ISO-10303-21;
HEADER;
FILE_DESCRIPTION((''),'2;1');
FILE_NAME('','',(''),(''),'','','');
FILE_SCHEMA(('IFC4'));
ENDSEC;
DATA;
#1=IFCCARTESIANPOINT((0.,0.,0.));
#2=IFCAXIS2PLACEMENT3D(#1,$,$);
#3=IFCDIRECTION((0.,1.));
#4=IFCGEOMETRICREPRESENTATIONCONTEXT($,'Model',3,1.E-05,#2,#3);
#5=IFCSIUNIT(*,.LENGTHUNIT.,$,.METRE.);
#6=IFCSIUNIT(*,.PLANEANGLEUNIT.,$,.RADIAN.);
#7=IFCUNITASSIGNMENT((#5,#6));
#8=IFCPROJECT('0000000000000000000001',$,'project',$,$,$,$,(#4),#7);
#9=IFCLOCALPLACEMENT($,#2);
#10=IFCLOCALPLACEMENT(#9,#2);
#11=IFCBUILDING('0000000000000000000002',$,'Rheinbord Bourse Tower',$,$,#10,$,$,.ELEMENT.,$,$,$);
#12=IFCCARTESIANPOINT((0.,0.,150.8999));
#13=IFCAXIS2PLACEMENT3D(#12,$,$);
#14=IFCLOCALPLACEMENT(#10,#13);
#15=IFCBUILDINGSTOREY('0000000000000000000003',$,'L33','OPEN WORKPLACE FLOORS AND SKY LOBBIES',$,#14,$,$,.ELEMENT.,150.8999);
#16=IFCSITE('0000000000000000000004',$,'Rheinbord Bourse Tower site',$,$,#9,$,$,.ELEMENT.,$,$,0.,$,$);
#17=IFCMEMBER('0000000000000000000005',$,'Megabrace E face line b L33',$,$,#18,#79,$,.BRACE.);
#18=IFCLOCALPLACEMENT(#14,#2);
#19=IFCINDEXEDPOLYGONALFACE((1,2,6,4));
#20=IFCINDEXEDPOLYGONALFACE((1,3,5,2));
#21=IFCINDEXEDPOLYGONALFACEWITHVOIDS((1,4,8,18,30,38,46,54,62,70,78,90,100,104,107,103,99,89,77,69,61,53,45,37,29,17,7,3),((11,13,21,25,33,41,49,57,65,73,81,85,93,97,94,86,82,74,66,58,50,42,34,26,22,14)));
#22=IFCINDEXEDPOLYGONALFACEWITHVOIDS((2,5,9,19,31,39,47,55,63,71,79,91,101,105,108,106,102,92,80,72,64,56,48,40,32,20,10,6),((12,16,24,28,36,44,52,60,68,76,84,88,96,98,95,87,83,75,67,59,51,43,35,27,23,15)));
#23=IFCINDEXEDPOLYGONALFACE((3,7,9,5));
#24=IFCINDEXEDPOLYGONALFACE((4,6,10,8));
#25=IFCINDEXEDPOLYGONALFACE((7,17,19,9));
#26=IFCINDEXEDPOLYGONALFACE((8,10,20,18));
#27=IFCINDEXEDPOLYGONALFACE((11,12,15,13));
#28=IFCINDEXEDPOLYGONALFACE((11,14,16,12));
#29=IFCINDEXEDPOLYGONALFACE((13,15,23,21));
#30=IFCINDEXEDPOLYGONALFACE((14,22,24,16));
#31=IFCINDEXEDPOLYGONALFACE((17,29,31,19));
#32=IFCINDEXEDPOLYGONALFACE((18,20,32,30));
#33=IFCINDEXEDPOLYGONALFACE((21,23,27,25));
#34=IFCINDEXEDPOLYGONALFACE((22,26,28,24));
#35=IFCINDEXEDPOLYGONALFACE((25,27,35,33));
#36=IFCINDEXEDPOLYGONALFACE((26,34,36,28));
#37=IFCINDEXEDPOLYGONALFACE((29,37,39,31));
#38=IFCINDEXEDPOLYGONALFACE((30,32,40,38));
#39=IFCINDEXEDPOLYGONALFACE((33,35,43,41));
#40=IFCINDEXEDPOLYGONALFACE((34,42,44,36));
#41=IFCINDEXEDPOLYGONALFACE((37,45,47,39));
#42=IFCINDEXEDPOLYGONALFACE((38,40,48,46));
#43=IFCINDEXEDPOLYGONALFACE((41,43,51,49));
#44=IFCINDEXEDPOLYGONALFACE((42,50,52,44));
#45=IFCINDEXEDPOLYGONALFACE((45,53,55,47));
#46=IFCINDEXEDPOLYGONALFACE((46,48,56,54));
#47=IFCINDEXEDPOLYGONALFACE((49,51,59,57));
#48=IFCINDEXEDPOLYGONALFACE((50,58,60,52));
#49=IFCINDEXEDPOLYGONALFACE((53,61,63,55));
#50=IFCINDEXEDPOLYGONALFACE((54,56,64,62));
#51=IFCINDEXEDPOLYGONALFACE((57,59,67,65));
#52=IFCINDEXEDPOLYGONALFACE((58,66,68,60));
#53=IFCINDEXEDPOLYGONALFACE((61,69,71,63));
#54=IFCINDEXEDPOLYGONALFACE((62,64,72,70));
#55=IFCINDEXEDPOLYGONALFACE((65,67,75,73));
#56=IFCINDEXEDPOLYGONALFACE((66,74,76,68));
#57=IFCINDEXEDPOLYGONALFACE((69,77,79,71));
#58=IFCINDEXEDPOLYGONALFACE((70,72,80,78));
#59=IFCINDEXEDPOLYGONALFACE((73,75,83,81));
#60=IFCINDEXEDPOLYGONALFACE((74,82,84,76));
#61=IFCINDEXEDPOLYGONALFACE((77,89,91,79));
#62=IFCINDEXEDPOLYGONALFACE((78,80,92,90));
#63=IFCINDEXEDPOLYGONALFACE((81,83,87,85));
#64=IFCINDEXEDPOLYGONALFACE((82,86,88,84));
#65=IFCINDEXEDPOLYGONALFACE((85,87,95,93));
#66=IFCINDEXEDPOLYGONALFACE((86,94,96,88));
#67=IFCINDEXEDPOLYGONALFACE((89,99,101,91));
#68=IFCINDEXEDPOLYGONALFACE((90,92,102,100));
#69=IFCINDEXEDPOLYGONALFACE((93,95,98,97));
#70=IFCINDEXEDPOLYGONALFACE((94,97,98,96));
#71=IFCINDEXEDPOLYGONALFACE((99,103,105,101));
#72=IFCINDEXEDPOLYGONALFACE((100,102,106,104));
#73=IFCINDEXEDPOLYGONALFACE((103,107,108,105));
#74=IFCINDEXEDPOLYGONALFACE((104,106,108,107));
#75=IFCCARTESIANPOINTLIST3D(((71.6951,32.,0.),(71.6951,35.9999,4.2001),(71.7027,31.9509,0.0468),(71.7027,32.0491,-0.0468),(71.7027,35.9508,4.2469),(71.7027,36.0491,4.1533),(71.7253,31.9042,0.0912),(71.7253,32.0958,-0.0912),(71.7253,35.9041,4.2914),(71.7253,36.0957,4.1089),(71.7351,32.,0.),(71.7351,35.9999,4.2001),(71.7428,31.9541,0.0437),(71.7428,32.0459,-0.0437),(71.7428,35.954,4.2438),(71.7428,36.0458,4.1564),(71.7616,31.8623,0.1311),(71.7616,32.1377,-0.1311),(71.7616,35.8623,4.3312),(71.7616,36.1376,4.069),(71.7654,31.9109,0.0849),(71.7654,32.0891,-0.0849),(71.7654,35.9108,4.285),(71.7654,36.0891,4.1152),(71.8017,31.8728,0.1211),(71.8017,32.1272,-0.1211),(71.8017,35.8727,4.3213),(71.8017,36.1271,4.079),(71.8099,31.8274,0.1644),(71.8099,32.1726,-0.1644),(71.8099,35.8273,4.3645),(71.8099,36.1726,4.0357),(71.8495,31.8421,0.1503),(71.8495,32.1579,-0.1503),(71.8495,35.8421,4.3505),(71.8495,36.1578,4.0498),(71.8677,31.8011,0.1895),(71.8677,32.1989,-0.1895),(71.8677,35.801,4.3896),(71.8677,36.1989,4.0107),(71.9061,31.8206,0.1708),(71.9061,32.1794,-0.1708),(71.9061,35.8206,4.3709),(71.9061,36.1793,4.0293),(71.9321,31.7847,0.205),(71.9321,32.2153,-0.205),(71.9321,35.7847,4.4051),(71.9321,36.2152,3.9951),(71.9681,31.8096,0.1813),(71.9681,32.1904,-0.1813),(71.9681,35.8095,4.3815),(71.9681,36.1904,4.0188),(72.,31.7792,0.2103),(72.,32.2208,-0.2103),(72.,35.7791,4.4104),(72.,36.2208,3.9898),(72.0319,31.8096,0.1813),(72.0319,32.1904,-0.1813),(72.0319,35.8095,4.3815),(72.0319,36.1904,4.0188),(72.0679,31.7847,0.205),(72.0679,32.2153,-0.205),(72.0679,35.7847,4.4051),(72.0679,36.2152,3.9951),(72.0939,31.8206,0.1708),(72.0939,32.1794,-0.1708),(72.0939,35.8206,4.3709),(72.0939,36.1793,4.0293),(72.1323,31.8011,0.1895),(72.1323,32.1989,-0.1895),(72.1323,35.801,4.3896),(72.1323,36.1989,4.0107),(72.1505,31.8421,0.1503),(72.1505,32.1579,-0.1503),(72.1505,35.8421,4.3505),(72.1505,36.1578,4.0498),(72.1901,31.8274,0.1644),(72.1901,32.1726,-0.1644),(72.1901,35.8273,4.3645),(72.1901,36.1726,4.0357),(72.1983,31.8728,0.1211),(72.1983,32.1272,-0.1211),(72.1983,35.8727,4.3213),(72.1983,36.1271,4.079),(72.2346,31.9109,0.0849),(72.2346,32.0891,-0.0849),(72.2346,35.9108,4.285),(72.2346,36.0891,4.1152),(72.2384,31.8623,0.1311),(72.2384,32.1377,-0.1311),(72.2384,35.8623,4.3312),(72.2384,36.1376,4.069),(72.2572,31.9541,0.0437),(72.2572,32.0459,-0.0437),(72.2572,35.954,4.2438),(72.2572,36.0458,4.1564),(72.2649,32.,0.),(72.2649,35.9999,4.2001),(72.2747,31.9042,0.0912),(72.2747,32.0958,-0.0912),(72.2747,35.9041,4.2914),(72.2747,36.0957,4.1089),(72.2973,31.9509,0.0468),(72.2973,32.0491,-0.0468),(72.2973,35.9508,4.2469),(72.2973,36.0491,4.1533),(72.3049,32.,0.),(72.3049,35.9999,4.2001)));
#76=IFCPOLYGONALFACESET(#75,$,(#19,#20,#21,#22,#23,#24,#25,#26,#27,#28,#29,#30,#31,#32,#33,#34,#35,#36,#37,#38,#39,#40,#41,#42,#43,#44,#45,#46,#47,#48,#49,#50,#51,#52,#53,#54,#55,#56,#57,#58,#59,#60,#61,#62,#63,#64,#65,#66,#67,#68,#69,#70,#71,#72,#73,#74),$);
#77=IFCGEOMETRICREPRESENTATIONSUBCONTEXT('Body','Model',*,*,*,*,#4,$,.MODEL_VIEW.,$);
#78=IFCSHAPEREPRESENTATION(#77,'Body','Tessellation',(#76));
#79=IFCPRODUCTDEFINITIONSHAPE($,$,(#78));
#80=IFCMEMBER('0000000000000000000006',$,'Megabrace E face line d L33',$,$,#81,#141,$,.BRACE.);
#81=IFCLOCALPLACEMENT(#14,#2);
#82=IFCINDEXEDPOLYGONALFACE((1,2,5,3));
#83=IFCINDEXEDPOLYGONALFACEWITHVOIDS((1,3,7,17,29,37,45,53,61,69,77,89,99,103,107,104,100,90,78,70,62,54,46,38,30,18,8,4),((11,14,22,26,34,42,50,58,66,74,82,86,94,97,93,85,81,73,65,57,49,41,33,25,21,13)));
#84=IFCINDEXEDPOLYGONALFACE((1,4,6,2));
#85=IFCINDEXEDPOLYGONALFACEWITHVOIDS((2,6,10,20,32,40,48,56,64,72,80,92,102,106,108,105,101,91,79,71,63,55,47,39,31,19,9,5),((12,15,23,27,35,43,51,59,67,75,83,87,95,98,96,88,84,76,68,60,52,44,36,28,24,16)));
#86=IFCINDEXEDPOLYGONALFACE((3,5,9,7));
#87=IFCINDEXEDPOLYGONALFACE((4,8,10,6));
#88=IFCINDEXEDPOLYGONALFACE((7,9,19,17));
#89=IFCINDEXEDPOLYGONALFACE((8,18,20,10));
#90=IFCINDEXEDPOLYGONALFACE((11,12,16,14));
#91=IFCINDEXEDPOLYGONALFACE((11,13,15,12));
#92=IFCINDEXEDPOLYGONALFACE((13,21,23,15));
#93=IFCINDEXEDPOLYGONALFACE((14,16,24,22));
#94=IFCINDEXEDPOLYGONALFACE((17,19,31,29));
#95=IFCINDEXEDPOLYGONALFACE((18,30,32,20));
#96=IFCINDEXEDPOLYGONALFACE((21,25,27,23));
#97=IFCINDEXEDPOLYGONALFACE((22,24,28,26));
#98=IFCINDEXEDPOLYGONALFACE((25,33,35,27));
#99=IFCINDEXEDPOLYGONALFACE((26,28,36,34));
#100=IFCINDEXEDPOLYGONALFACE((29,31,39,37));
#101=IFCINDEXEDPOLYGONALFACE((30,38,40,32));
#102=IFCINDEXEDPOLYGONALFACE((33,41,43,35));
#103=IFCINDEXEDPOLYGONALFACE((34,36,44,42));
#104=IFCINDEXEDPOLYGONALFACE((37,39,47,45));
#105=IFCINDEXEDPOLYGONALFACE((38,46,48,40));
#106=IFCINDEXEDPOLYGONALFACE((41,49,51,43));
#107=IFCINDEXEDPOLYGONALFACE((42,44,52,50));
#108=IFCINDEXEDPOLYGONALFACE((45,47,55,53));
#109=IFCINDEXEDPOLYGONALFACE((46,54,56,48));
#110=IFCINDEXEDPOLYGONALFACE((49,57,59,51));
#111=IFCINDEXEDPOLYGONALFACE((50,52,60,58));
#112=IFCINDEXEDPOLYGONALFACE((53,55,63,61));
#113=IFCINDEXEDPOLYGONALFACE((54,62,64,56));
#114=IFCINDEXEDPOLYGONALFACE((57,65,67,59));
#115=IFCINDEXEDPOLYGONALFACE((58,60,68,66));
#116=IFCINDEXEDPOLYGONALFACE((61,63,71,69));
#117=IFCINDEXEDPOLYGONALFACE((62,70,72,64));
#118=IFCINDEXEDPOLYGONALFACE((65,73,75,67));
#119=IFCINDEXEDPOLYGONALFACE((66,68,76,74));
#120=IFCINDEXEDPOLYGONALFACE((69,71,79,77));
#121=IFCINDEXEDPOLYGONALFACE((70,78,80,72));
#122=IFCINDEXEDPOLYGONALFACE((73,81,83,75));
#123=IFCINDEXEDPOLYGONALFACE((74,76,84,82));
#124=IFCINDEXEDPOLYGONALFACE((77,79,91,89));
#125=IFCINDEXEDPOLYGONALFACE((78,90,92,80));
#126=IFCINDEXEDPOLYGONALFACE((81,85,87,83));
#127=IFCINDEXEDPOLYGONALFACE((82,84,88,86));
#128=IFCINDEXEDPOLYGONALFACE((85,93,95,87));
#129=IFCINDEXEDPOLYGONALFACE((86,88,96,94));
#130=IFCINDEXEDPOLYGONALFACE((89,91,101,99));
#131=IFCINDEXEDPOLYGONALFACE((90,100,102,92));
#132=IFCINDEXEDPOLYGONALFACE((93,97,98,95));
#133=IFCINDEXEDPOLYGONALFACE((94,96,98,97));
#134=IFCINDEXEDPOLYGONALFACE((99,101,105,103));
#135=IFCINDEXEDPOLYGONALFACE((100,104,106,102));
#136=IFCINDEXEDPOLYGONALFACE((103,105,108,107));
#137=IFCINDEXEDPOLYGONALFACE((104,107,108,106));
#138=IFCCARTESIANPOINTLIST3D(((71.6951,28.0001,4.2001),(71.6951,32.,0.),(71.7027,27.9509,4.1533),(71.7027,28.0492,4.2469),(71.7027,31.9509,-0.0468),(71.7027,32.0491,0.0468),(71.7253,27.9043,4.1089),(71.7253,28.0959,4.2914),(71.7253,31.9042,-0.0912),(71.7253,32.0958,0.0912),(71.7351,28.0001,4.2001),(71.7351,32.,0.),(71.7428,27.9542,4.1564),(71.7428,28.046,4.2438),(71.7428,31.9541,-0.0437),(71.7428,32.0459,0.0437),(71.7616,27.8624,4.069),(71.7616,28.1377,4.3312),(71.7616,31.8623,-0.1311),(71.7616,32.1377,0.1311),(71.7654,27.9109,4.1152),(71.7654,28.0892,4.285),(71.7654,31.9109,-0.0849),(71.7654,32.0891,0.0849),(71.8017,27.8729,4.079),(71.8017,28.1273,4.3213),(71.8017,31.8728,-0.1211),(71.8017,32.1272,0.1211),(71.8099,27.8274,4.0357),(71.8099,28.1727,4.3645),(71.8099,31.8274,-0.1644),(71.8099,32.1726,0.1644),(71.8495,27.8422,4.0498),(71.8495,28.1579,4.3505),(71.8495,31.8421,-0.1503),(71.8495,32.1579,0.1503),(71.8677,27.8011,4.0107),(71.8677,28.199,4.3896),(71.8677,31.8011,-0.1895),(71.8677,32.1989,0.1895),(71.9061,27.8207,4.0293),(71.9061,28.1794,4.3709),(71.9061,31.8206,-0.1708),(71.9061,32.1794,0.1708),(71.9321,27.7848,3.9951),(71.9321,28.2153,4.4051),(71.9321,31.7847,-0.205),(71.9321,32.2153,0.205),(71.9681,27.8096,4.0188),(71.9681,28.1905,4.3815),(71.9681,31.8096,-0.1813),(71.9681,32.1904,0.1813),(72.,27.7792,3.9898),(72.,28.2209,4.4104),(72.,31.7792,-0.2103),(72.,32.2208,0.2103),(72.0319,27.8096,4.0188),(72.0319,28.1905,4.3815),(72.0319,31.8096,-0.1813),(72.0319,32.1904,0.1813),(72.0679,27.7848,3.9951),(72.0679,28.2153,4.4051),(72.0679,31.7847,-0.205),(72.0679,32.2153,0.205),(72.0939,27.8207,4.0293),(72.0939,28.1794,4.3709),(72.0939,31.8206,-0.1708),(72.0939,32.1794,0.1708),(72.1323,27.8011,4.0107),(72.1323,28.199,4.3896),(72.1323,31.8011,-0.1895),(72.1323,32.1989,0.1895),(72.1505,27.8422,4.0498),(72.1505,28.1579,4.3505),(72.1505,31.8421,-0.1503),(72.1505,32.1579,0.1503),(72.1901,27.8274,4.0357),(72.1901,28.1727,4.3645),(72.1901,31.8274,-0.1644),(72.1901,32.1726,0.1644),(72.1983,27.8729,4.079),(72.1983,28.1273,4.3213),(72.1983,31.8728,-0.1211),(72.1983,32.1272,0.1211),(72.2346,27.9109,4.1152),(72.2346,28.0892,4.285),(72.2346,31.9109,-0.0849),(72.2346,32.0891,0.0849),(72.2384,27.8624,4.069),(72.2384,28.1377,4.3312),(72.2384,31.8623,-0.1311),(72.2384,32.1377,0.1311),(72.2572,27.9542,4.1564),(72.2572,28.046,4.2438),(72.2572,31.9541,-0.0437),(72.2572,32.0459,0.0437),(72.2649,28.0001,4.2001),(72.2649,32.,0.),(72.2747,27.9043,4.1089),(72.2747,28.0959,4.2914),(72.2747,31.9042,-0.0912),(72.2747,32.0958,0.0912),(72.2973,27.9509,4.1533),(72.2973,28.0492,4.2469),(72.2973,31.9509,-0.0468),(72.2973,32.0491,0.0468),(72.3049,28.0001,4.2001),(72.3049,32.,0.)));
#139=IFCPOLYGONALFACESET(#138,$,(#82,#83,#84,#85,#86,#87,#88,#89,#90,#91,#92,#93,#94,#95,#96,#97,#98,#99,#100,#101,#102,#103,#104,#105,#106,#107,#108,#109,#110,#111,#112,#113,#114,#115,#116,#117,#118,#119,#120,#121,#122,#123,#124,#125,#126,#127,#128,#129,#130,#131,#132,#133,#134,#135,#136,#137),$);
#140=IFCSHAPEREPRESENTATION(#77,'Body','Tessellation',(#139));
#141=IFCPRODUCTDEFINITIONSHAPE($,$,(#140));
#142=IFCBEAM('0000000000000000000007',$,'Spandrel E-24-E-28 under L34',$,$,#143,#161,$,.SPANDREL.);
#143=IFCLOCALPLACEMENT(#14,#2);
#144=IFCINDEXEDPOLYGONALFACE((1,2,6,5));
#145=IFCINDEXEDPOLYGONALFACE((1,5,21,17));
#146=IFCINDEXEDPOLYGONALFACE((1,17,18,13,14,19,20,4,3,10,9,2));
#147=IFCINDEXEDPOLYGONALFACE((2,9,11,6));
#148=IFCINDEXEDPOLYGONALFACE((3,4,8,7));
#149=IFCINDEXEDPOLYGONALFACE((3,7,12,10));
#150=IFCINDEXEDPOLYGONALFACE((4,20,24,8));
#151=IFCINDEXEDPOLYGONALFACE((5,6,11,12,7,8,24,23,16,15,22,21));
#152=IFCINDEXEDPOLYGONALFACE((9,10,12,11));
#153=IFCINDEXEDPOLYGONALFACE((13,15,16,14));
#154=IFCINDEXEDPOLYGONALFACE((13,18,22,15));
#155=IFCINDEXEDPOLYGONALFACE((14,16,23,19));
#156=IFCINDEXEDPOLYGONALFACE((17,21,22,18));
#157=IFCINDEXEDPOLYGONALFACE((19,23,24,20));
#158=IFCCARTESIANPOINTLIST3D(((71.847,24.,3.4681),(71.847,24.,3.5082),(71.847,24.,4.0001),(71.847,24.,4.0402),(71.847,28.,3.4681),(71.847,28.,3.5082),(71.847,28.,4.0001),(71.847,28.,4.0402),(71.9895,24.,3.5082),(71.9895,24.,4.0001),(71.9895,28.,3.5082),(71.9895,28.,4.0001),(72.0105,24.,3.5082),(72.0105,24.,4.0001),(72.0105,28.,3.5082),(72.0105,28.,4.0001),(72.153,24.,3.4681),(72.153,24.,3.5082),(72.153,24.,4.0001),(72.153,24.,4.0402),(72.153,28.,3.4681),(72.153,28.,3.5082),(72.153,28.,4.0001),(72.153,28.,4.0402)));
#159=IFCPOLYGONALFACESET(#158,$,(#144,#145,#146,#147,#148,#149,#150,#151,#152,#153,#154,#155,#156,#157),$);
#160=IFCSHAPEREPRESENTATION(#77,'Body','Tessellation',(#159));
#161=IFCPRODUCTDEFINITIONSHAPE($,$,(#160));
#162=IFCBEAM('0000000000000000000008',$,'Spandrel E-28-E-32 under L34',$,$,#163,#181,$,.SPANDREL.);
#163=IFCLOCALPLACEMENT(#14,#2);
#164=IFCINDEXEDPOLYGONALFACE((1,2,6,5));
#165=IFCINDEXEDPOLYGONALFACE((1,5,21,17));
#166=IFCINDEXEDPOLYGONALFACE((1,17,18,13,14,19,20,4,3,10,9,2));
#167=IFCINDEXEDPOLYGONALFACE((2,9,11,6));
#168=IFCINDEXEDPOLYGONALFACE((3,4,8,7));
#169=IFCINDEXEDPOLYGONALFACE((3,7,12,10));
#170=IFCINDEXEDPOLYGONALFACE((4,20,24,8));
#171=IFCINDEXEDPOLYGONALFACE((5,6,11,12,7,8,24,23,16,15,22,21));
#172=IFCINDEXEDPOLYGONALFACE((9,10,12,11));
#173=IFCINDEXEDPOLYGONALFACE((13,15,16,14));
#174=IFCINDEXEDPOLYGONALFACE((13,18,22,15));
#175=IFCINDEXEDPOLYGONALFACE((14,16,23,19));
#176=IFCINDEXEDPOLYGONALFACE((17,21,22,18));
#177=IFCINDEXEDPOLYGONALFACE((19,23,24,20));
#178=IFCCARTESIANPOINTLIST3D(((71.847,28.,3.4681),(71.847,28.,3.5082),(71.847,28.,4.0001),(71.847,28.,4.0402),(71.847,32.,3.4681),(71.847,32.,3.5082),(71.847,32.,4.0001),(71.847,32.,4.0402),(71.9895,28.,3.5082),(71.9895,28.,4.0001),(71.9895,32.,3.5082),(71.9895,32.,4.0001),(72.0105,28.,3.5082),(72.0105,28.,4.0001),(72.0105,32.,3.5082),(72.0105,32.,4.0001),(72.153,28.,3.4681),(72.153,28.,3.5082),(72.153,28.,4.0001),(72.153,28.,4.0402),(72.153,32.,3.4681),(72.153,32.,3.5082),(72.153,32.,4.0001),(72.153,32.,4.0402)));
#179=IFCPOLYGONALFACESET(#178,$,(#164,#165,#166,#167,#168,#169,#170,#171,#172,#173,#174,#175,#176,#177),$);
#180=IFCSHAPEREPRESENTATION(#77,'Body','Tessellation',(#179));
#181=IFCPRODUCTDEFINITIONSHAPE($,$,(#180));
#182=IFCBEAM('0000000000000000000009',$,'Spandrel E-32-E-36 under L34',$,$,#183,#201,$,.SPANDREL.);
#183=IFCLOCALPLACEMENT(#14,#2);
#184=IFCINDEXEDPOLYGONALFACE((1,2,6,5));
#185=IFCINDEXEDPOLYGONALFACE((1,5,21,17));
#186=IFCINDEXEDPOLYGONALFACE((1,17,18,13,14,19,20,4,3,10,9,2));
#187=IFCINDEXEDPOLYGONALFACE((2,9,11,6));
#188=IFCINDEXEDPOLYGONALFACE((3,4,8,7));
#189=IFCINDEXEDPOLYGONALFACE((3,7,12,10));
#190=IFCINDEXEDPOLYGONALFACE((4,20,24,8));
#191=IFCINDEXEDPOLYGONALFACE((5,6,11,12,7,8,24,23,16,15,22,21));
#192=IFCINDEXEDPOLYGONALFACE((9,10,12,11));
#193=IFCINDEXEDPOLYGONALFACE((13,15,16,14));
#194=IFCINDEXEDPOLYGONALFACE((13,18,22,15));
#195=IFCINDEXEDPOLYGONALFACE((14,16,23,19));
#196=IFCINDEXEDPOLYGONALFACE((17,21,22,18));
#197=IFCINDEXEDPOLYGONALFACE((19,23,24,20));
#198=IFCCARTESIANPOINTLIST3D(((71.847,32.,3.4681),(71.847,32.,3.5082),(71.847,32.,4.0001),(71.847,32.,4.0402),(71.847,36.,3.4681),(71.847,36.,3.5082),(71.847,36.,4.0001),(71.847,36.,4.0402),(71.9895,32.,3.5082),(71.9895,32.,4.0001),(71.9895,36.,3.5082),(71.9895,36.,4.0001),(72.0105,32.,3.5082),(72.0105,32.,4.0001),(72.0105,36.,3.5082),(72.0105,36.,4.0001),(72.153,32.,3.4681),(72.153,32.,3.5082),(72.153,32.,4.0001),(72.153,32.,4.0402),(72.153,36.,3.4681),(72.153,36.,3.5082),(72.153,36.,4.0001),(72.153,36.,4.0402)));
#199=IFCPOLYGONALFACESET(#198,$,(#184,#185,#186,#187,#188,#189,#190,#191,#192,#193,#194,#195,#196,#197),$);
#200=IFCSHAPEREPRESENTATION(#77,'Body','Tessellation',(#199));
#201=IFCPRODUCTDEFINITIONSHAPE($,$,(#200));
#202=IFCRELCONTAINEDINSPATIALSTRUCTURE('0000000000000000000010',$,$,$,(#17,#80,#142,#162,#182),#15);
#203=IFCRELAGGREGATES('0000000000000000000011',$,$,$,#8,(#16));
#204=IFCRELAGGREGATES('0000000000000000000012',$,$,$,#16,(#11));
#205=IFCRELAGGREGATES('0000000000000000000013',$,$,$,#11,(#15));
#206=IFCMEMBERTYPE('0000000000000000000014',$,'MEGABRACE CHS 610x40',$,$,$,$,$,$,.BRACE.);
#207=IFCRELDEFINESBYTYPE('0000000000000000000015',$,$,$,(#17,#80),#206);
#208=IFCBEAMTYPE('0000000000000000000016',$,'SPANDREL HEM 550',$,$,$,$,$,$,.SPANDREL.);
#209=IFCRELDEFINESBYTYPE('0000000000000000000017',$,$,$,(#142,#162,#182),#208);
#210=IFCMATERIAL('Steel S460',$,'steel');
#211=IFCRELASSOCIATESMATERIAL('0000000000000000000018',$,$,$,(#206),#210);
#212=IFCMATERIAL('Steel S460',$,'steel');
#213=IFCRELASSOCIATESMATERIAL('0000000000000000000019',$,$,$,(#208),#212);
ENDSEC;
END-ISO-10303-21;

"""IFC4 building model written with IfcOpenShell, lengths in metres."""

from ifc_helpers import new_model, si_unit, direction, frame, origin, origin_2d, place, context, subcontext, project, spatial, hollow_circle, i_section, extrude, material, material_profile, profile_set, type_object, element, save


model = new_model("IFC4")

# Units and contexts
model_context = context("Model", 3, precision=1e-05, world=origin(), true_north=direction((0.0, 1.0)))
body_context = subcontext(model_context, "Body", "Model", "MODEL_VIEW")
ifc_project = project(units=[si_unit("LENGTHUNIT", "METRE"), si_unit("PLANEANGLEUNIT", "RADIAN")], contexts=[model_context])

# Site, building, storey
site_placement = place(None, origin())
site = spatial("IfcSite", under=ifc_project, at=site_placement, Name="Rheinbord Bourse Tower site", CompositionType="ELEMENT", RefElevation=0.0)
building_placement = place(site_placement, origin())
building = spatial("IfcBuilding", under=site, at=building_placement, Name="Rheinbord Bourse Tower", CompositionType="ELEMENT")
storey_placement = place(building_placement, frame((0.0, 0.0, 150.8999)))
storey = spatial("IfcBuildingStorey", under=building, at=storey_placement, Name="L33", Description="OPEN WORKPLACE FLOORS AND SKY LOBBIES", CompositionType="ELEMENT", Elevation=150.8999)

# Members
ifc_material_1 = material(Name="Steel S460", Category="steel")
ifc_material_profile_1 = material_profile(ifc_material_1, hollow_circle(Radius=0.3049, WallThickness=0.04, at=origin_2d()), Name="CHS 610x40")
ifc_profile_set_1 = profile_set([ifc_material_profile_1], Name="Steel S460")
member_type_1 = type_object("IfcMemberType", Name="MEGABRACE CHS 610x40", PredefinedType="BRACE", material=ifc_profile_set_1)
for number, where, z_axis, x_axis, name in (
    (1, (72.0, 32.0, 0.0), (0.0, 0.689638, 0.724154), (-1.0, 0.0, 0.0), "Megabrace E face line b L33"),
    (2, (72.0, 32.0, 0.0), (0.0, -0.689638, 0.724154), (1.0, 0.0, 0.0), "Megabrace E face line d L33"),
):
    element("IfcMember", number, at=place(storey_placement, frame(where, z_axis=z_axis, x_axis=x_axis)), inside=storey, type_object=member_type_1, Name=name, PredefinedType="BRACE", context=body_context, shape_type="SweptSolid", body=[
        extrude(hollow_circle(Radius=0.3049, WallThickness=0.04, at=origin_2d()), origin(), (0.0, 0.0, 1.0), 5.8),
    ])

# Beams
ifc_material_2 = material(Name="Steel S460", Category="steel")
ifc_material_profile_2 = material_profile(ifc_material_2, i_section(OverallWidth=0.3059, OverallDepth=0.572, WebThickness=0.021, FlangeThickness=0.04, at=origin_2d()), Name="HEM 550")
ifc_profile_set_2 = profile_set([ifc_material_profile_2], Name="Steel S460")
beam_type_1 = type_object("IfcBeamType", Name="SPANDREL HEM 550", PredefinedType="SPANDREL", material=ifc_profile_set_2)
for number, where, z_axis, x_axis, name in (
    (3, (72.0, 24.0, 3.7542), (0.0, 1.0, 0.0), (-1.0, 0.0, 0.0), "Spandrel E-24-E-28 under L34"),
    (4, (72.0, 28.0, 3.7542), (0.0, 1.0, 0.0), (-1.0, 0.0, 0.0), "Spandrel E-28-E-32 under L34"),
    (5, (72.0, 32.0, 3.7542), (0.0, 1.0, 0.0), (-1.0, 0.0, 0.0), "Spandrel E-32-E-36 under L34"),
):
    element("IfcBeam", number, at=place(storey_placement, frame(where, z_axis=z_axis, x_axis=x_axis)), inside=storey, type_object=beam_type_1, Name=name, PredefinedType="SPANDREL", context=body_context, shape_type="SweptSolid", body=[
        extrude(i_section(OverallWidth=0.3059, OverallDepth=0.572, WebThickness=0.021, FlangeThickness=0.04, at=origin_2d()), origin(), (0.0, 0.0, 1.0), 4.0),
    ])

save(model, "model.ifc")
